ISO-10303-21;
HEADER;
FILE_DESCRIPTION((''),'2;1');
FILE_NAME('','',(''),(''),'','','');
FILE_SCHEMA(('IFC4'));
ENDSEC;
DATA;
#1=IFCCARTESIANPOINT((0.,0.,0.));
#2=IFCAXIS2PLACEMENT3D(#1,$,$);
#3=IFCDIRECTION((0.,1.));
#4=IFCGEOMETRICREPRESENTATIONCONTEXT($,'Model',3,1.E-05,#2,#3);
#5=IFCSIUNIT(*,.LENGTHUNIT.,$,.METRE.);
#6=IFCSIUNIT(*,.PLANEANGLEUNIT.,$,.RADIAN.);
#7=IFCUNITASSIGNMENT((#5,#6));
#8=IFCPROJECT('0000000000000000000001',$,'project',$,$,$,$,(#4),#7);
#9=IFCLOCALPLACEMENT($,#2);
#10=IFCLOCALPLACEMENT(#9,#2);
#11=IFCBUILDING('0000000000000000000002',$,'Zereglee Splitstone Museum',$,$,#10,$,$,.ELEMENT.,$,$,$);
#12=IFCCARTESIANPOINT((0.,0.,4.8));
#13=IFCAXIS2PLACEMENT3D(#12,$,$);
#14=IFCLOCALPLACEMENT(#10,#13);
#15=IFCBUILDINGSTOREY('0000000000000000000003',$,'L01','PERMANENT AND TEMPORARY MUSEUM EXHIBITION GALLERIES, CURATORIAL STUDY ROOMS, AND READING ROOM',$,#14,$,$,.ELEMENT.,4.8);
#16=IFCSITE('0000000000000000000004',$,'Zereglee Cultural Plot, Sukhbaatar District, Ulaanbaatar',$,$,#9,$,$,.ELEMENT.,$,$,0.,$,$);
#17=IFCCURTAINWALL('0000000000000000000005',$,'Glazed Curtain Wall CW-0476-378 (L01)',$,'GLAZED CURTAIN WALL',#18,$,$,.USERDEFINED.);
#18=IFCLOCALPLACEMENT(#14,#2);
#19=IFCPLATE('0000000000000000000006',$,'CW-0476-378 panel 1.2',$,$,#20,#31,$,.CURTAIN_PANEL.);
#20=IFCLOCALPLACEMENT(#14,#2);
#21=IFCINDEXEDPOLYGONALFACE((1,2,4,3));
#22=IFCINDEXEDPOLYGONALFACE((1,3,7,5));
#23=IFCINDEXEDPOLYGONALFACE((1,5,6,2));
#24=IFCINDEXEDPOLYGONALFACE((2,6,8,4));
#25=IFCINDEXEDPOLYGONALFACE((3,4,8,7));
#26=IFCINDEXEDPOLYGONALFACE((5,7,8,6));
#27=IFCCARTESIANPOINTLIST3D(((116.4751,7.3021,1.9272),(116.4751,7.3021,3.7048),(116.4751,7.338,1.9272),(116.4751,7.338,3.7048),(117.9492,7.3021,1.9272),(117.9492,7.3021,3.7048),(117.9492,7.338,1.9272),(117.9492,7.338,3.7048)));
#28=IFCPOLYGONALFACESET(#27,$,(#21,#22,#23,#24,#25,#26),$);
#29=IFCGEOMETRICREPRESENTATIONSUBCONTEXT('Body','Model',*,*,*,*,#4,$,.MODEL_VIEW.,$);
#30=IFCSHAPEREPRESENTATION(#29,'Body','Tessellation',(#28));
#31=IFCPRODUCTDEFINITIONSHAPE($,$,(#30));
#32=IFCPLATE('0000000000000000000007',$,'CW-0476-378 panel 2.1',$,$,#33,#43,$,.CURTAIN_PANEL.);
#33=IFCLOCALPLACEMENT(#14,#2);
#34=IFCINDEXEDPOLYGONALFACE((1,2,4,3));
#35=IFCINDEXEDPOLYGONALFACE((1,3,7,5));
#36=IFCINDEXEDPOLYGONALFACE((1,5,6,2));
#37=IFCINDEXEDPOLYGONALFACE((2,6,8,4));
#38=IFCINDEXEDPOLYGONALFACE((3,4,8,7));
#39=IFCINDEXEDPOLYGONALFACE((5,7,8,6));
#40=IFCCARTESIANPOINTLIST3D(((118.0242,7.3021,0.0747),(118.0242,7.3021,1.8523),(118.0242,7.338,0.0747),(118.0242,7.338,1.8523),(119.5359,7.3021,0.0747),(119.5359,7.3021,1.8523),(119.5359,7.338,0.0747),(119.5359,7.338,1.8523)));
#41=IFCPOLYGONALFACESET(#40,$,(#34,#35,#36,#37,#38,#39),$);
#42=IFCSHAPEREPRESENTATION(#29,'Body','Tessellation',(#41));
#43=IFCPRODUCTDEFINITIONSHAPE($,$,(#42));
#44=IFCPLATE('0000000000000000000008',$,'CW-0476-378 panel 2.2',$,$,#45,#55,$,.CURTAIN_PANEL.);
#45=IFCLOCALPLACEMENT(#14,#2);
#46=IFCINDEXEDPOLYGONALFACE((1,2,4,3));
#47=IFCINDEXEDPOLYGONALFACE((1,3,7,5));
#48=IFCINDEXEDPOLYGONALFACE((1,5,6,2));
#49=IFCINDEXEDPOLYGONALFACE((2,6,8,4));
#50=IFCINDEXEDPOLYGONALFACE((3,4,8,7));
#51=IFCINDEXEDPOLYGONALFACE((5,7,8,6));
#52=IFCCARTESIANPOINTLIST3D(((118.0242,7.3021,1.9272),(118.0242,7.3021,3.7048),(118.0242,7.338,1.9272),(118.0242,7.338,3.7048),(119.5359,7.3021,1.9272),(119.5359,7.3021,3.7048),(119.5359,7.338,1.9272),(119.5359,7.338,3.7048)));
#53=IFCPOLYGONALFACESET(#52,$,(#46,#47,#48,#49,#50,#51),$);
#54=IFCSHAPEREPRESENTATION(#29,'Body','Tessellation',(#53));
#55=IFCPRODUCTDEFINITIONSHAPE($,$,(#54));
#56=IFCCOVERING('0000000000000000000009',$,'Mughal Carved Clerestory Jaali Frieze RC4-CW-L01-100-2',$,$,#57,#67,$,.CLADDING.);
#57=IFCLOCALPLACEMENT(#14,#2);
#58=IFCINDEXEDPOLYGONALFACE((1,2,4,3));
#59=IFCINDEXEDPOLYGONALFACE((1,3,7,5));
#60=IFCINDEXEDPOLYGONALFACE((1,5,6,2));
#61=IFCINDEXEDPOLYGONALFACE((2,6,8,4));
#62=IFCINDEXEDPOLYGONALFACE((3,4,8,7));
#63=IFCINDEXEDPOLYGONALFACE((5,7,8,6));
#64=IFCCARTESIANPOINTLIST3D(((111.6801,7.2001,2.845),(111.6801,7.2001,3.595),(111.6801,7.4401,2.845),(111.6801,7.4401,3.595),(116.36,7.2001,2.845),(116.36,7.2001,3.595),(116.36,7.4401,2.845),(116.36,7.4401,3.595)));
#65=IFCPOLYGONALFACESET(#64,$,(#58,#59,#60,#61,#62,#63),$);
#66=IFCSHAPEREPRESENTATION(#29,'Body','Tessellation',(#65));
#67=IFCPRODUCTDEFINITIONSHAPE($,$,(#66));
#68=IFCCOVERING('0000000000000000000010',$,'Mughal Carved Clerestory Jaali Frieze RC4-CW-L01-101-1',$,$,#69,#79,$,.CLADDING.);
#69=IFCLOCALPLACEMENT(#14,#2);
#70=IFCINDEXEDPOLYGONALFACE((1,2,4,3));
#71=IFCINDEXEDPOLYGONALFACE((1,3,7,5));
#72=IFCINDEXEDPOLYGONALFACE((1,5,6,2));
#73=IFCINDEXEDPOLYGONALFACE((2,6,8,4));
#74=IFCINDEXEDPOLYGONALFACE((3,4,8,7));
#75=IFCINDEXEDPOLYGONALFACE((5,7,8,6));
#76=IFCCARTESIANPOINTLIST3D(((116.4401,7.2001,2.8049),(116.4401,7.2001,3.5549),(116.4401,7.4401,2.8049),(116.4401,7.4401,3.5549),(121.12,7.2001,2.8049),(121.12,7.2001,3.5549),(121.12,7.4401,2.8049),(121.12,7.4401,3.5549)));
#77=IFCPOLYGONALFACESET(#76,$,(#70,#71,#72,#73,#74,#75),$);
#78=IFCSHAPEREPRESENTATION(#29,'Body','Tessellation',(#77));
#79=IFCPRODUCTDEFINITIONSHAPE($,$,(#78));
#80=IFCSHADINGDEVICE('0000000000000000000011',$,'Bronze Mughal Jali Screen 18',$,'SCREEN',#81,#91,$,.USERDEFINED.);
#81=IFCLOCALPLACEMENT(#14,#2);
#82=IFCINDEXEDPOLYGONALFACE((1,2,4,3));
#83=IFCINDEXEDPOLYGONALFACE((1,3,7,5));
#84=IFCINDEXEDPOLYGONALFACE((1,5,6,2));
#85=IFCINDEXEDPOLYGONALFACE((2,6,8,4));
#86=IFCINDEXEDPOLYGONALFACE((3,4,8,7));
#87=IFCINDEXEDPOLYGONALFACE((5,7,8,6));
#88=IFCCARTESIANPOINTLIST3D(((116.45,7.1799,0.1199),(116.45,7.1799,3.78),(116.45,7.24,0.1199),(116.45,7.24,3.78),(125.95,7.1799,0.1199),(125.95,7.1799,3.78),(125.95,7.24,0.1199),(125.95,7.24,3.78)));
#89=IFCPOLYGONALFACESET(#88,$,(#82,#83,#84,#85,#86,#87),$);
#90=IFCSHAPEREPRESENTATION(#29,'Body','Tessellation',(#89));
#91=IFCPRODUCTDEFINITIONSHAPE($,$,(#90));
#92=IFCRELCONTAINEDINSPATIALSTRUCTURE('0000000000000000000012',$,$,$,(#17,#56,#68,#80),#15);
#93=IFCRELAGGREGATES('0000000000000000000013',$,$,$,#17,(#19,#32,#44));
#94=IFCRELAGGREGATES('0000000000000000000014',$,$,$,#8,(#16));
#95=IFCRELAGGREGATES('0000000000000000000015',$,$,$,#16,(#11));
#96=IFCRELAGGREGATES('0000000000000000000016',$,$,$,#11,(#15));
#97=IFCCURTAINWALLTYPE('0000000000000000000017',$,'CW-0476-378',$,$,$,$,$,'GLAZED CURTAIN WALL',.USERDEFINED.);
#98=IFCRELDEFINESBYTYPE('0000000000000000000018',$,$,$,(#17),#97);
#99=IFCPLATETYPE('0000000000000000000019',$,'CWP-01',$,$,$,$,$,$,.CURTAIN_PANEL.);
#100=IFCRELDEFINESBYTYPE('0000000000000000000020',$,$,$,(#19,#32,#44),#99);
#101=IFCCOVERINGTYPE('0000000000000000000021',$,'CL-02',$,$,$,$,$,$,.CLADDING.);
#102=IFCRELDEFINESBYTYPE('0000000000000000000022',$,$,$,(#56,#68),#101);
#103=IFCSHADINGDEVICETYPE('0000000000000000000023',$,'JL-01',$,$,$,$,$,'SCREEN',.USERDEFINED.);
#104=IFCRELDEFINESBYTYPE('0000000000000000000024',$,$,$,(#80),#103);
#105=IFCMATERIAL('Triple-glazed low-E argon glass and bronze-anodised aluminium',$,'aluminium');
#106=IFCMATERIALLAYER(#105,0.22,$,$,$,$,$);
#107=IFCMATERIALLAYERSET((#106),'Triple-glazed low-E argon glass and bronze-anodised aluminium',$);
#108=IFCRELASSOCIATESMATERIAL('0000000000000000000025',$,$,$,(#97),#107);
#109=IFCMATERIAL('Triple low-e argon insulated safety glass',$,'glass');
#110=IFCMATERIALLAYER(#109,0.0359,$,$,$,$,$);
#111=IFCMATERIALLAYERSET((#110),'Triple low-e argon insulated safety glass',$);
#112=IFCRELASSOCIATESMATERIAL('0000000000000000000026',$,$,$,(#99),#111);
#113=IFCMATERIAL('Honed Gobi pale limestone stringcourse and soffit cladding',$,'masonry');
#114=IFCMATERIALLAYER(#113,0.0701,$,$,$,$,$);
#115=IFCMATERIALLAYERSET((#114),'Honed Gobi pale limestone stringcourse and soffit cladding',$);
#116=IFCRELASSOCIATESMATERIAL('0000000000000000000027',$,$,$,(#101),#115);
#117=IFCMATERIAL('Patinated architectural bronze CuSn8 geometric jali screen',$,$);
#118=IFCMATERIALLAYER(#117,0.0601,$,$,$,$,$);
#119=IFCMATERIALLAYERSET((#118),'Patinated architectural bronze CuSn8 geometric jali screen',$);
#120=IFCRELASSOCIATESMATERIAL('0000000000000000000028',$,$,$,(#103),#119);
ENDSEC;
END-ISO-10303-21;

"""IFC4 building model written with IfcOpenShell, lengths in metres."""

from ifc_helpers import new_model, si_unit, direction, frame, origin, origin_2d, place, context, subcontext, project, spatial, polyline, rectangle, outline, extrude, material, layer, layer_set, type_object, element, aggregate, save


model = new_model("IFC4")

# Units and contexts
model_context = context("Model", 3, precision=1e-05, world=origin(), true_north=direction((0.0, 1.0)))
body_context = subcontext(model_context, "Body", "Model", "MODEL_VIEW")
ifc_project = project(units=[si_unit("LENGTHUNIT", "METRE"), si_unit("PLANEANGLEUNIT", "RADIAN")], contexts=[model_context])

# Site, building, storey
site_placement = place(None, origin())
site = spatial("IfcSite", under=ifc_project, at=site_placement, Name="Zereglee Cultural Plot, Sukhbaatar District, Ulaanbaatar", CompositionType="ELEMENT", RefElevation=0.0)
building_placement = place(site_placement, origin())
building = spatial("IfcBuilding", under=site, at=building_placement, Name="Zereglee Splitstone Museum", CompositionType="ELEMENT")
storey_placement = place(building_placement, frame((0.0, 0.0, 4.8)))
storey = spatial("IfcBuildingStorey", under=building, at=storey_placement, Name="L01", Description="PERMANENT AND TEMPORARY MUSEUM EXHIBITION GALLERIES, CURATORIAL STUDY ROOMS, AND READING ROOM", CompositionType="ELEMENT", Elevation=4.8)

# Curtain wall
ifc_material_1 = material(Name="Triple-glazed low-E argon glass and bronze-anodised aluminium", Category="aluminium")
ifc_layer_1 = layer(ifc_material_1, 0.22)
ifc_layer_set_1 = layer_set([ifc_layer_1], Name="Triple-glazed low-E argon glass and bronze-anodised aluminium")
curtain_wall_type_1 = type_object("IfcCurtainWallType", Name="CW-0476-378", ElementType="GLAZED CURTAIN WALL", PredefinedType="USERDEFINED", material=ifc_layer_set_1)
curtain_wall_1_placement = place(storey_placement, origin())
curtain_wall_1 = element("IfcCurtainWall", 1, at=curtain_wall_1_placement, inside=storey, type_object=curtain_wall_type_1, Name="Glazed Curtain Wall CW-0476-378 (L01)", ObjectType="GLAZED CURTAIN WALL", PredefinedType="USERDEFINED")

# Plates
ifc_material_2 = material(Name="Triple low-e argon insulated safety glass", Category="glass")
ifc_layer_2 = layer(ifc_material_2, 0.0359)
ifc_layer_set_2 = layer_set([ifc_layer_2], Name="Triple low-e argon insulated safety glass")
plate_type = type_object("IfcPlateType", Name="CWP-01", PredefinedType="CURTAIN_PANEL", material=ifc_layer_set_2)
plate_1_placement = place(storey_placement, frame((117.2122, 7.3201, 1.9272), z_axis=(0.0, 0.0, 1.0), x_axis=(1.0, 0.0, 0.0)))
plate_1 = element("IfcPlate", 2, at=plate_1_placement, type_object=plate_type, Name="CW-0476-378 panel 1.2", PredefinedType="CURTAIN_PANEL", context=body_context, shape_type="SweptSolid", body=[
    extrude(rectangle(XDim=1.4741, YDim=0.0359, at=origin_2d()), origin(), (0.0, 0.0, 1.0), 1.7776),
])
plate_2_placement = place(storey_placement, frame((118.78, 7.3201, 0.0747), z_axis=(0.0, 0.0, 1.0), x_axis=(1.0, 0.0, 0.0)))
plate_2 = element("IfcPlate", 3, at=plate_2_placement, type_object=plate_type, Name="CW-0476-378 panel 2.1", PredefinedType="CURTAIN_PANEL", context=body_context, shape_type="SweptSolid", body=[
    extrude(rectangle(XDim=1.5117, YDim=0.0359, at=origin_2d()), origin(), (0.0, 0.0, 1.0), 1.7776),
])
plate_3_placement = place(storey_placement, frame((118.78, 7.3201, 1.9272), z_axis=(0.0, 0.0, 1.0), x_axis=(1.0, 0.0, 0.0)))
plate_3 = element("IfcPlate", 4, at=plate_3_placement, type_object=plate_type, Name="CW-0476-378 panel 2.2", PredefinedType="CURTAIN_PANEL", context=body_context, shape_type="SweptSolid", body=[
    extrude(rectangle(XDim=1.5117, YDim=0.0359, at=origin_2d()), origin(), (0.0, 0.0, 1.0), 1.7776),
])
aggregate(curtain_wall_1, [plate_1, plate_2, plate_3])

# Coverings
ifc_material_3 = material(Name="Honed Gobi pale limestone stringcourse and soffit cladding", Category="masonry")
ifc_layer_3 = layer(ifc_material_3, 0.0701)
ifc_layer_set_3 = layer_set([ifc_layer_3], Name="Honed Gobi pale limestone stringcourse and soffit cladding")
covering_type = type_object("IfcCoveringType", Name="CL-02", PredefinedType="CLADDING", material=ifc_layer_set_3)
for number, where, z_axis, x_axis, name in (
    (5, (114.02, 7.3201, 2.845), (0.0, 0.0, 1.0), (1.0, 0.0, 0.0), "Mughal Carved Clerestory Jaali Frieze RC4-CW-L01-100-2"),
    (6, (118.78, 7.3201, 2.8049), (0.0, 0.0, 1.0), (1.0, 0.0, 0.0), "Mughal Carved Clerestory Jaali Frieze RC4-CW-L01-101-1"),
):
    element("IfcCovering", number, at=place(storey_placement, frame(where, z_axis=z_axis, x_axis=x_axis)), inside=storey, type_object=covering_type, Name=name, PredefinedType="CLADDING", context=body_context, shape_type="SweptSolid", body=[
        extrude(rectangle(XDim=4.6799, YDim=0.24, at=origin_2d()), origin(), (0.0, 0.0, 1.0), 0.75),
    ])

# Shading device
ifc_material_4 = material(Name="Patinated architectural bronze CuSn8 geometric jali screen")
ifc_layer_4 = layer(ifc_material_4, 0.0601)
ifc_layer_set_4 = layer_set([ifc_layer_4], Name="Patinated architectural bronze CuSn8 geometric jali screen")
shading_device_type = type_object("IfcShadingDeviceType", Name="JL-01", ElementType="SCREEN", PredefinedType="USERDEFINED", material=ifc_layer_set_4)
shading_device_placement = place(storey_placement, frame((116.45, 7.24, 0.1199), z_axis=(0.0, -1.0, 0.0), x_axis=(1.0, 0.0, 0.0)))
element("IfcShadingDevice", 7, at=shading_device_placement, inside=storey, type_object=shading_device_type, Name="Bronze Mughal Jali Screen 18", ObjectType="SCREEN", PredefinedType="USERDEFINED", context=body_context, shape_type="SweptSolid", body=[
    extrude(outline(polyline([(0.0, 0.0), (9.5, 0.0), (9.5, 3.6602), (0.0, 3.6602), (0.0, 0.0)])), origin(), (0.0, 0.0, 1.0), 0.0601),
])

save(model, "model.ifc")
